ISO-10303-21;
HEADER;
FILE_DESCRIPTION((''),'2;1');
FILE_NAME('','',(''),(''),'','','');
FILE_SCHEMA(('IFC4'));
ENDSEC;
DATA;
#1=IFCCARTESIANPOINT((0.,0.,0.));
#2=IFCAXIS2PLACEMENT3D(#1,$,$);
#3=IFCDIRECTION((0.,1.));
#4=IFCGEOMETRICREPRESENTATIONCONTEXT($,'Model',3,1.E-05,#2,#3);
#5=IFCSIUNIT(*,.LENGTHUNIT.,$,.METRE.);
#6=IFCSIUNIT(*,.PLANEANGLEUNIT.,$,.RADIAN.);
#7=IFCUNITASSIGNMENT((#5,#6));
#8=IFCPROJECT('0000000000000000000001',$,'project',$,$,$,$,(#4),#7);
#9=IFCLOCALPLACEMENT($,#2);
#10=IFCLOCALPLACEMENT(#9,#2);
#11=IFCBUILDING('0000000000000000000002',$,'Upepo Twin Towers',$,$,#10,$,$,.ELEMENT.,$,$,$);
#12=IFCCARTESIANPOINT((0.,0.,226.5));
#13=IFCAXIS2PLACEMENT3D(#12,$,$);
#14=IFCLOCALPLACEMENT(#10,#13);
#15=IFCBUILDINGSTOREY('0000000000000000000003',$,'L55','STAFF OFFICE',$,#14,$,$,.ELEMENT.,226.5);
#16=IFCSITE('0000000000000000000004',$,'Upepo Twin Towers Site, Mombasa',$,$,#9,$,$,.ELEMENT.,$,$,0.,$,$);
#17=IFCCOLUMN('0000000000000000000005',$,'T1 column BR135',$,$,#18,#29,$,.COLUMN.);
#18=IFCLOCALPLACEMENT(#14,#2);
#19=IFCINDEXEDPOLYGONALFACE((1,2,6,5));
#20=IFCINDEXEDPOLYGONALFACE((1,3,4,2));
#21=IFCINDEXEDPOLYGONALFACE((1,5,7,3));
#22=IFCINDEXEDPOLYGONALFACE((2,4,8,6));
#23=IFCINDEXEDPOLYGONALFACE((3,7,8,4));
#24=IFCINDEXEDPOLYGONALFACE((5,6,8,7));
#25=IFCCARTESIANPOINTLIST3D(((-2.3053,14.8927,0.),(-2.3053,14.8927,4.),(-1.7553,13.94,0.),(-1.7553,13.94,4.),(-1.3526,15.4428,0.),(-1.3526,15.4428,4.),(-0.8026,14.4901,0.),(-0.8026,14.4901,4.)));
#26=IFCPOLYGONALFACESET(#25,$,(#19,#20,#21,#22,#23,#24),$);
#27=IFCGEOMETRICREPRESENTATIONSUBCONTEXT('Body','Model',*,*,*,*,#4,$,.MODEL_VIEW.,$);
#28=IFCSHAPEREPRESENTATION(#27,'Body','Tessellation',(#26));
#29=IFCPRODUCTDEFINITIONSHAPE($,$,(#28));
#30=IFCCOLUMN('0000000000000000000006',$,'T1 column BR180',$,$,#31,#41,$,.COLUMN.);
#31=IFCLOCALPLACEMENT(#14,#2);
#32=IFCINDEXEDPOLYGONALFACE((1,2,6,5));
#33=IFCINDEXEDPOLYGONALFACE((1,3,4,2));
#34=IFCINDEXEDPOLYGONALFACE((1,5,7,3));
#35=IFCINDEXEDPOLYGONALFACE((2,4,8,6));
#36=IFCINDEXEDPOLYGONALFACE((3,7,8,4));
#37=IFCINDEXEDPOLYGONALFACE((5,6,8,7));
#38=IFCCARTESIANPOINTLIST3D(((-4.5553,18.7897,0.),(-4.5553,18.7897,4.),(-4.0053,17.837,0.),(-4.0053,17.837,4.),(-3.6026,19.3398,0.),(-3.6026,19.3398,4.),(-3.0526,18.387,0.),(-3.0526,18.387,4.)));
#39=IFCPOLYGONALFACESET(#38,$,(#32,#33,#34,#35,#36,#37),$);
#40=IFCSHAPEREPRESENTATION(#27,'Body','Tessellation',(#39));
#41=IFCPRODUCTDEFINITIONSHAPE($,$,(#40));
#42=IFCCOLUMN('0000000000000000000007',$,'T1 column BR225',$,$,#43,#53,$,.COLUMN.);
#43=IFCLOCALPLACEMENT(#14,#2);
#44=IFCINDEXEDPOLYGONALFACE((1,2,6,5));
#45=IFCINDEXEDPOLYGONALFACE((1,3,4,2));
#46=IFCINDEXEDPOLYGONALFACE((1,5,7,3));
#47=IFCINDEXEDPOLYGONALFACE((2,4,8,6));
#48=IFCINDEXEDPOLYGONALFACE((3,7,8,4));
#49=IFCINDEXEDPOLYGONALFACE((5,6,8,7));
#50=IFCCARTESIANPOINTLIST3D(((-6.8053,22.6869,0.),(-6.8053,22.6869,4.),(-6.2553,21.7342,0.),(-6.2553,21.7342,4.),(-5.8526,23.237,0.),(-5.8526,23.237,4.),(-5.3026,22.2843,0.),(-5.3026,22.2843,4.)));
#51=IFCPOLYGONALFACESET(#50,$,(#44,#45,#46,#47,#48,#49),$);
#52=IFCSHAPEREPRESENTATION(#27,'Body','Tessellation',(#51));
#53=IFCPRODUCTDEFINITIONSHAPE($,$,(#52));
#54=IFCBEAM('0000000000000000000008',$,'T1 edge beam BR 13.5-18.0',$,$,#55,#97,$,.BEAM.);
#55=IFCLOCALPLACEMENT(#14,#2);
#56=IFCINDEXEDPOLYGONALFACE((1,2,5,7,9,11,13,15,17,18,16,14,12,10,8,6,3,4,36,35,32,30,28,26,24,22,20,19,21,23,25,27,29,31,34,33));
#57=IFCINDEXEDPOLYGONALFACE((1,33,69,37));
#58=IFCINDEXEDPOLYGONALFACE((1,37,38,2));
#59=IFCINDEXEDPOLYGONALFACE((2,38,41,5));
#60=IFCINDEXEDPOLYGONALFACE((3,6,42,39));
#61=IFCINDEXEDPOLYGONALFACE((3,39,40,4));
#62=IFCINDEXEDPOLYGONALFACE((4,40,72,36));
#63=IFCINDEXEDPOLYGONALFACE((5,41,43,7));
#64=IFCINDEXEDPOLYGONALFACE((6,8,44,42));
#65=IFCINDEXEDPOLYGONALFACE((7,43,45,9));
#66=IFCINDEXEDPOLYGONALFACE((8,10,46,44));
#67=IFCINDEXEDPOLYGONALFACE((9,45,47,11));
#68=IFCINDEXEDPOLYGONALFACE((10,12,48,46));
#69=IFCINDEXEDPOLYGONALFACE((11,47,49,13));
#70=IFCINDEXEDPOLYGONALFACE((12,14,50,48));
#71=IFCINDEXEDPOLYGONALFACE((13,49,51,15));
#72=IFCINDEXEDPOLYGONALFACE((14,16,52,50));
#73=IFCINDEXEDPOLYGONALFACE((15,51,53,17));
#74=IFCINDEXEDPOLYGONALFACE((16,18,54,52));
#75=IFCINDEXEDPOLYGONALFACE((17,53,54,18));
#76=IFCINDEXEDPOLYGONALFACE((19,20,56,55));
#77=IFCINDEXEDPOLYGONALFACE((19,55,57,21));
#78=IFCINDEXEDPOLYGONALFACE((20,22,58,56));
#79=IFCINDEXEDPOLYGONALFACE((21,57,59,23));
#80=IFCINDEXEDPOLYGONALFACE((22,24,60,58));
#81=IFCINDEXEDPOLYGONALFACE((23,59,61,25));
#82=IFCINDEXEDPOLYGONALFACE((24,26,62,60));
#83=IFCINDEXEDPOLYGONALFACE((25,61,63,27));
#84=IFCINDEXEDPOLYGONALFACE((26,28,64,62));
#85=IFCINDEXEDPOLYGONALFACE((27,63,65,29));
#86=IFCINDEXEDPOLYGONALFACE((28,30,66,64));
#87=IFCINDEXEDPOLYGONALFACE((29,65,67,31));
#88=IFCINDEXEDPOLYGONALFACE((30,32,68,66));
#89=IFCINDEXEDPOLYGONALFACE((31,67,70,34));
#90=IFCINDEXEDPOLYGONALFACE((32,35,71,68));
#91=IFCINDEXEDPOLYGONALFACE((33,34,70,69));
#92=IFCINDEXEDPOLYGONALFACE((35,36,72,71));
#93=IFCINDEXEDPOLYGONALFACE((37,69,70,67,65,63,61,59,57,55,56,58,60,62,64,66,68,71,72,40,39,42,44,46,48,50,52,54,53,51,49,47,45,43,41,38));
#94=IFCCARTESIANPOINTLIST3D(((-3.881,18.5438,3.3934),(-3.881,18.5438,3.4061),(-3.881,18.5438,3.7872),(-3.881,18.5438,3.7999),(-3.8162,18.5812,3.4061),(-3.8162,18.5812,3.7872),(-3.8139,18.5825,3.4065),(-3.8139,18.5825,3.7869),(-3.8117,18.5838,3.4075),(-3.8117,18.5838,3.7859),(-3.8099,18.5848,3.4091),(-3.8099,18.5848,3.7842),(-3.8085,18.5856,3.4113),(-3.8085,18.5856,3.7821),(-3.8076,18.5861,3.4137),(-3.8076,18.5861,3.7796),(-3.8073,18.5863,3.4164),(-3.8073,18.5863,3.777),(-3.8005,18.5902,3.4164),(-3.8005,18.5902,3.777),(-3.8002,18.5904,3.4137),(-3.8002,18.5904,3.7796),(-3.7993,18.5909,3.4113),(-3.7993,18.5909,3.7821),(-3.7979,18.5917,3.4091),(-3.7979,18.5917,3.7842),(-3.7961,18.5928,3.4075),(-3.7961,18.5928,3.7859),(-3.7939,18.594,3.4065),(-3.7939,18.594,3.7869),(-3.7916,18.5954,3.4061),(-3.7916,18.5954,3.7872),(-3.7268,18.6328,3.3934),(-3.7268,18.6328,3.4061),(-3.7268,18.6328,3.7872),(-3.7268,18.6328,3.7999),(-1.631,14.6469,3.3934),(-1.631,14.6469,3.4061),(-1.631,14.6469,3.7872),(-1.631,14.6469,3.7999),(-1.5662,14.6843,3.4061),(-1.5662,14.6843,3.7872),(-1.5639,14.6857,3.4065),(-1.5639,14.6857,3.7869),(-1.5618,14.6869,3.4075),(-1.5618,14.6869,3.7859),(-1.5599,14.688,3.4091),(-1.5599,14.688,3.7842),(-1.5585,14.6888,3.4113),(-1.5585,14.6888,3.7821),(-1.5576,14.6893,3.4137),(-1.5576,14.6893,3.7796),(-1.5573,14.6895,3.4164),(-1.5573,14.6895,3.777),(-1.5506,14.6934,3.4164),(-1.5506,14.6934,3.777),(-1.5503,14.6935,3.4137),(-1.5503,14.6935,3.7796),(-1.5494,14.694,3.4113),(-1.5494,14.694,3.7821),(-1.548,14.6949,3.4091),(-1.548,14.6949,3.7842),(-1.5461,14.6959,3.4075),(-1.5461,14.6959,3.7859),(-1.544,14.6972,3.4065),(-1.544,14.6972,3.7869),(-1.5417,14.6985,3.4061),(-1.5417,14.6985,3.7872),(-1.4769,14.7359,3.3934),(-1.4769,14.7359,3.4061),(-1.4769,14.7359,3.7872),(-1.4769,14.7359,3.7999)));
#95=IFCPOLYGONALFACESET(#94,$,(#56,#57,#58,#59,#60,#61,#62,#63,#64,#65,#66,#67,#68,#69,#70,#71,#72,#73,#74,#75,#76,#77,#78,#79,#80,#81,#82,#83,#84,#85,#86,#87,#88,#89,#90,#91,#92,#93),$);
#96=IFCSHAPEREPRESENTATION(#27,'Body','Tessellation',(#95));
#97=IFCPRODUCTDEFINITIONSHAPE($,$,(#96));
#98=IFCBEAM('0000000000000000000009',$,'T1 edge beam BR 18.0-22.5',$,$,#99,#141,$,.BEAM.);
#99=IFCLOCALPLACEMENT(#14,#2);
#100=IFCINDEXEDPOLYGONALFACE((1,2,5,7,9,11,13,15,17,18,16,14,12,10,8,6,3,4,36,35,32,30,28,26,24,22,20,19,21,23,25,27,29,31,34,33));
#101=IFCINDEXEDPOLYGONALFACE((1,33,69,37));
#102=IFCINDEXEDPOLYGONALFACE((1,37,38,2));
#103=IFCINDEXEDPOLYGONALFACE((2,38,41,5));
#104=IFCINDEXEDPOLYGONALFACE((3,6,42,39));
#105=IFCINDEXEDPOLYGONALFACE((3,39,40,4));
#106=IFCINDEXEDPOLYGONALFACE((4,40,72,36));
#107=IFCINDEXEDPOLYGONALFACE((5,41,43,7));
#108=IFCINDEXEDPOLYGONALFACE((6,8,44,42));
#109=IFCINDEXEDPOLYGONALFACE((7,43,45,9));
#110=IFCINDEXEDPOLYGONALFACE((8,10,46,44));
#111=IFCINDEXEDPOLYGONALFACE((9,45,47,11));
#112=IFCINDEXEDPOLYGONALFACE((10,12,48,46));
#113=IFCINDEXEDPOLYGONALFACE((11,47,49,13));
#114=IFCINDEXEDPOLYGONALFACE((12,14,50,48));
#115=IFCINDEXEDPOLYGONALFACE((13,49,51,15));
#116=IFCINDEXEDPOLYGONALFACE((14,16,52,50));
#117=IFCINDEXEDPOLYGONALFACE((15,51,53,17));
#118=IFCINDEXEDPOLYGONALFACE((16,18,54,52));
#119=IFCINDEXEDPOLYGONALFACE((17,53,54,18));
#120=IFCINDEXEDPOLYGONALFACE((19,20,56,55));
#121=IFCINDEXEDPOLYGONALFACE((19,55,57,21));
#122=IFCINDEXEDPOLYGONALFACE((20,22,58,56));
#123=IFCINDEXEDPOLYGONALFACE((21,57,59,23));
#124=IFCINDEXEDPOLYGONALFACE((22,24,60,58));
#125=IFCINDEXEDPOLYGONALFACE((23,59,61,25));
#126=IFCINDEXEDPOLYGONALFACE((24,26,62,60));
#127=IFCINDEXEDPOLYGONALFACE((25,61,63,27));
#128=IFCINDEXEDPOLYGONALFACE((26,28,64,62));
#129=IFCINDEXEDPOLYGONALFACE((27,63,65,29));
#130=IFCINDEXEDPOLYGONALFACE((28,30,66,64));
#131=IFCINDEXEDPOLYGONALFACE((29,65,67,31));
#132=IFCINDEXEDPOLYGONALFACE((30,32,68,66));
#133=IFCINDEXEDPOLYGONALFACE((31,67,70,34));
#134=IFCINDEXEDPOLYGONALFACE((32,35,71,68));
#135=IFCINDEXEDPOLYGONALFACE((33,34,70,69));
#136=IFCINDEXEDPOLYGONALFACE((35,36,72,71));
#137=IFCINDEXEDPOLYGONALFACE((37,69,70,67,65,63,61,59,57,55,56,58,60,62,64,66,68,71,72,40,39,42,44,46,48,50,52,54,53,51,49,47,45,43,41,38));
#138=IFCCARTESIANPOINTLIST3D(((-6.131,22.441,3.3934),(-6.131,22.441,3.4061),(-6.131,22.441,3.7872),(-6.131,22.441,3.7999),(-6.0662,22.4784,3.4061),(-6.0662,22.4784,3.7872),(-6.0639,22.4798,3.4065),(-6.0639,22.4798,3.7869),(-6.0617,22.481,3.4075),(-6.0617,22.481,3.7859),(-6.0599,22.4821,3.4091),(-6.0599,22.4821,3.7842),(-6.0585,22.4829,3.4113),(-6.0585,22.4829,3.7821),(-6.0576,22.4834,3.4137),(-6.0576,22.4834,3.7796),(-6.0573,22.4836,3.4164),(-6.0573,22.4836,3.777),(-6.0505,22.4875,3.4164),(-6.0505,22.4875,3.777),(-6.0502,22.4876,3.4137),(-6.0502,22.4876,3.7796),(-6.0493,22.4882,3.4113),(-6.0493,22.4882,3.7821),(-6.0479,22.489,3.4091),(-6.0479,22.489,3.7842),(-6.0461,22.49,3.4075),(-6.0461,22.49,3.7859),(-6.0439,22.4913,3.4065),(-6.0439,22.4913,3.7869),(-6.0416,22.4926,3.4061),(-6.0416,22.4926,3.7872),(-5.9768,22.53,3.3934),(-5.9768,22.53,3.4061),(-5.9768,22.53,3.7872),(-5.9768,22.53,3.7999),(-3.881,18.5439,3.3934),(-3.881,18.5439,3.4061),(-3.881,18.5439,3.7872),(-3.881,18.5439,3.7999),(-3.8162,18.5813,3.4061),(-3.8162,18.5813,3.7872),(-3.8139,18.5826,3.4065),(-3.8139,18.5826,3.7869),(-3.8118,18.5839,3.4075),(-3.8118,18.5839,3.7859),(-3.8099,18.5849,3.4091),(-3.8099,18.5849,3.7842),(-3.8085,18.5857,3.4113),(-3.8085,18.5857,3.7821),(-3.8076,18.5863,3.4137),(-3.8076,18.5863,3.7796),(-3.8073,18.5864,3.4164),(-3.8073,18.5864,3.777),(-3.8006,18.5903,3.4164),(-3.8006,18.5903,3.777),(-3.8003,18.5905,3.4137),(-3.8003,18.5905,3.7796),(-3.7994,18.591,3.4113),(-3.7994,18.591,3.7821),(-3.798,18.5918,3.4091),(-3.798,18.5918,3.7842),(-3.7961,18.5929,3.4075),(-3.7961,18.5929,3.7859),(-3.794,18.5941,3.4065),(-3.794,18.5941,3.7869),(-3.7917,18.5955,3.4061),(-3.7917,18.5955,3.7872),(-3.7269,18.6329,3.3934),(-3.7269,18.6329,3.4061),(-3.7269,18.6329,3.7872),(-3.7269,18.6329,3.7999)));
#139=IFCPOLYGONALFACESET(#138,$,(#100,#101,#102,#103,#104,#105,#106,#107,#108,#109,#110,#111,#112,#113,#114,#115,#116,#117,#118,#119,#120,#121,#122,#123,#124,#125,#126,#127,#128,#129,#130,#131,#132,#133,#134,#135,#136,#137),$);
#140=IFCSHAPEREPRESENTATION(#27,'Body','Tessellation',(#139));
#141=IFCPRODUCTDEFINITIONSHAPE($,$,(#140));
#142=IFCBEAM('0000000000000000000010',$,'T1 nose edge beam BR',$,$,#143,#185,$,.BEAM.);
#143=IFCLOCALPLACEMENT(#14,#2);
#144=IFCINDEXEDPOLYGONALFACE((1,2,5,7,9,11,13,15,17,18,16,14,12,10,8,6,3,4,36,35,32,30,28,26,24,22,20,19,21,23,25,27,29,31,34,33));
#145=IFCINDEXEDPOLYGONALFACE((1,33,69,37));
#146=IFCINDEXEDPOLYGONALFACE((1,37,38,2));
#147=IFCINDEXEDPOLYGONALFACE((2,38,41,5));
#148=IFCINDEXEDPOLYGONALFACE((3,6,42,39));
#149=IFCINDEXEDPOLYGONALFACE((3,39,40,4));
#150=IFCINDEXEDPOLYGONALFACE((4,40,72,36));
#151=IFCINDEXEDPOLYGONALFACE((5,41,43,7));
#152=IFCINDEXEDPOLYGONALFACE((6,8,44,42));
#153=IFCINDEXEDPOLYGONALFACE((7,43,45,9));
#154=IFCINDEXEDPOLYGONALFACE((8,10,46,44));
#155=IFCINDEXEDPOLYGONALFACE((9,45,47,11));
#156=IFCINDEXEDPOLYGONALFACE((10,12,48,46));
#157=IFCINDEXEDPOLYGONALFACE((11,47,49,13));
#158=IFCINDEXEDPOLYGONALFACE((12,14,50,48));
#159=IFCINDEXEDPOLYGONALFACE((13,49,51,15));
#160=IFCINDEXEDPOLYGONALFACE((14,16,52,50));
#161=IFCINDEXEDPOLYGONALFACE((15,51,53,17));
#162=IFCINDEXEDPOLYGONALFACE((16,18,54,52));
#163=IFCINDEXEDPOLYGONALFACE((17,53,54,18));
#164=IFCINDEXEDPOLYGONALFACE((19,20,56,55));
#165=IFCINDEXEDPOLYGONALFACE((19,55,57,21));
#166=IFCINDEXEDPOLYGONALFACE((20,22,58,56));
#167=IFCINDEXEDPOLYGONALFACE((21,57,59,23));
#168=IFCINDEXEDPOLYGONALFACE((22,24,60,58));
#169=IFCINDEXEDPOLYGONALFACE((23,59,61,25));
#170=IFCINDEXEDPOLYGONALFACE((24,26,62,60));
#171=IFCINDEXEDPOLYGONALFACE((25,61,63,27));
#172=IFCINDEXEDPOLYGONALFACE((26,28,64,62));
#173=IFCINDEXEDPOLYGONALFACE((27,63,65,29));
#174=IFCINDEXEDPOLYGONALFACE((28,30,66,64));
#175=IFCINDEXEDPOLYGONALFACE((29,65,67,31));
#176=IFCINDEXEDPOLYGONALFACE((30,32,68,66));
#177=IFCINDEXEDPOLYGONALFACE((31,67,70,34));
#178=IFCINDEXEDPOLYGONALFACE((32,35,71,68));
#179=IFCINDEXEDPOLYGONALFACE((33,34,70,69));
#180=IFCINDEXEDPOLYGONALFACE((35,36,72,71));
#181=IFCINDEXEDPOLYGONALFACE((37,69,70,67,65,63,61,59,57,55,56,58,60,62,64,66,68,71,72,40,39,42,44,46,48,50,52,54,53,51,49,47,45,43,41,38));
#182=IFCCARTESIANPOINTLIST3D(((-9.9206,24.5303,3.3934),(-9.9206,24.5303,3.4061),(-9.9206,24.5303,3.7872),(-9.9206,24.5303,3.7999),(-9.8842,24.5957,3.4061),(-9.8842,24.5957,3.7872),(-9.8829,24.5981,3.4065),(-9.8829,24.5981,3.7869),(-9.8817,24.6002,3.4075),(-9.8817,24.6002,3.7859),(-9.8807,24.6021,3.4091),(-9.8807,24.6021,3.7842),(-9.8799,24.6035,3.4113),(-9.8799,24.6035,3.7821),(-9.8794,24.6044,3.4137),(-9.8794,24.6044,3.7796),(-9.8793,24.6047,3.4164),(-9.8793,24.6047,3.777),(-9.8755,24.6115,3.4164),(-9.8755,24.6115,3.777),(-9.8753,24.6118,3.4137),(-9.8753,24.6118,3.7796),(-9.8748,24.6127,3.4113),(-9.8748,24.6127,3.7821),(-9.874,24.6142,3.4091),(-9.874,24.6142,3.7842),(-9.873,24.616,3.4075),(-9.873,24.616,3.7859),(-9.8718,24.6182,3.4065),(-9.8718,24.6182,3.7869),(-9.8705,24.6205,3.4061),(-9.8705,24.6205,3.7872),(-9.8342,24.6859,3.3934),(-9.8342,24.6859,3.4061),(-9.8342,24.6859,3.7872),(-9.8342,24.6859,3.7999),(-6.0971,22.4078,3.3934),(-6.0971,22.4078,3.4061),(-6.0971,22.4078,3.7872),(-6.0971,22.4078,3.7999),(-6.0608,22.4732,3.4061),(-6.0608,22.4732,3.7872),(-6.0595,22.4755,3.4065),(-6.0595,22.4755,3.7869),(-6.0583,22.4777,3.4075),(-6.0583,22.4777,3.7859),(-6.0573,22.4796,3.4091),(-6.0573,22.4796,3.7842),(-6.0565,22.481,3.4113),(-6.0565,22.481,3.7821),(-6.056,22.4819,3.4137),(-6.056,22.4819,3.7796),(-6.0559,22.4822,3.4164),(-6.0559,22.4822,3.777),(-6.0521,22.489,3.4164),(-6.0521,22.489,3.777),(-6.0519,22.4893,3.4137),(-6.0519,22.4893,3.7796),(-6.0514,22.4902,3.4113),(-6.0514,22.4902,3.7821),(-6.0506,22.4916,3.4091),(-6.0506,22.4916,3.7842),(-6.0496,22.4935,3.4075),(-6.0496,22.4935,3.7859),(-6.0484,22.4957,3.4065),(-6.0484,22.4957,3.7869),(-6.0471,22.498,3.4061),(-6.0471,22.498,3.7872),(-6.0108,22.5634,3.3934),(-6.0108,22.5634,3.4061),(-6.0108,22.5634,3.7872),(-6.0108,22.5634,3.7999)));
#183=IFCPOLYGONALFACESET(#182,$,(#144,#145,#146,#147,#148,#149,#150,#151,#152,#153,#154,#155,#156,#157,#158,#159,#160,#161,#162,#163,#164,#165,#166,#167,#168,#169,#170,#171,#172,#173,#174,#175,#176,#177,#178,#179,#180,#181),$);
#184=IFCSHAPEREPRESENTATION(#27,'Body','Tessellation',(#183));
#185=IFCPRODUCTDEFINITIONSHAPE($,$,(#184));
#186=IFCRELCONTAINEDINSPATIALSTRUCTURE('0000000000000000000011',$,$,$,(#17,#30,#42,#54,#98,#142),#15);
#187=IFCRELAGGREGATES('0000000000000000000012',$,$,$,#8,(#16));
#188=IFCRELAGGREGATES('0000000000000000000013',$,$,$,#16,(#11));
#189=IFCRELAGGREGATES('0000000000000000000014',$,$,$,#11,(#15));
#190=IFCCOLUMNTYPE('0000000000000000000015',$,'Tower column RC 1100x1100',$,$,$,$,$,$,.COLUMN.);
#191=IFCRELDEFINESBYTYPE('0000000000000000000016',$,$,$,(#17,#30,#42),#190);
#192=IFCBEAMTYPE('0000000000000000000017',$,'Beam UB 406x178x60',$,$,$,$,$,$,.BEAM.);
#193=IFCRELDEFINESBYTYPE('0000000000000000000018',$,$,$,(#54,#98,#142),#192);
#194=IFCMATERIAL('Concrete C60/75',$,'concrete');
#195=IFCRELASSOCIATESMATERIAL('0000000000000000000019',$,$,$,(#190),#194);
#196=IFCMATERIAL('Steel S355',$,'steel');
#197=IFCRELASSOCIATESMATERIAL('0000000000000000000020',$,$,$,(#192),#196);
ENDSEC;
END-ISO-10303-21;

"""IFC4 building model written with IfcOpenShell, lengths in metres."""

from ifc_helpers import new_model, si_unit, direction, frame, origin, origin_2d, place, context, subcontext, project, spatial, rectangle, i_section, extrude, material, material_profile, profile_set, type_object, element, save


model = new_model("IFC4")

# Units and contexts
model_context = context("Model", 3, precision=1e-05, world=origin(), true_north=direction((0.0, 1.0)))
body_context = subcontext(model_context, "Body", "Model", "MODEL_VIEW")
ifc_project = project(units=[si_unit("LENGTHUNIT", "METRE"), si_unit("PLANEANGLEUNIT", "RADIAN")], contexts=[model_context])

# Site, building, storey
site_placement = place(None, origin())
site = spatial("IfcSite", under=ifc_project, at=site_placement, Name="Upepo Twin Towers Site, Mombasa", CompositionType="ELEMENT", RefElevation=0.0)
building_placement = place(site_placement, origin())
building = spatial("IfcBuilding", under=site, at=building_placement, Name="Upepo Twin Towers", CompositionType="ELEMENT")
storey_placement = place(building_placement, frame((0.0, 0.0, 226.5)))
storey = spatial("IfcBuildingStorey", under=building, at=storey_placement, Name="L55", Description="STAFF OFFICE", CompositionType="ELEMENT", Elevation=226.5)

# Columns
ifc_material_1 = material(Name="Concrete C60/75", Category="concrete")
ifc_material_profile_1 = material_profile(ifc_material_1, rectangle(XDim=1.1001, YDim=1.1001, at=origin_2d()), Name="RC 1100x1100")
ifc_profile_set_1 = profile_set([ifc_material_profile_1], Name="Concrete C60/75")
column_type = type_object("IfcColumnType", Name="Tower column RC 1100x1100", PredefinedType="COLUMN", material=ifc_profile_set_1)
for number, where, z_axis, x_axis, name in (
    (1, (-1.554, 14.6914, 0.0), (0.0, 0.0, 1.0), (0.866025, 0.5, 0.0), "T1 column BR135"),
    (2, (-3.804, 18.5884, 0.0), (0.0, 0.0, 1.0), (0.866025, 0.5, 0.0), "T1 column BR180"),
    (3, (-6.054, 22.4856, 0.0), (0.0, 0.0, 1.0), (0.866025, 0.5, 0.0), "T1 column BR225"),
):
    element("IfcColumn", number, at=place(storey_placement, frame(where, z_axis=z_axis, x_axis=x_axis)), inside=storey, type_object=column_type, Name=name, PredefinedType="COLUMN", context=body_context, shape_type="SweptSolid", body=[
        extrude(rectangle(XDim=1.1001, YDim=1.1001, at=origin_2d()), origin(), (0.0, 0.0, 1.0), 4.0),
    ])

# Beams
ifc_material_2 = material(Name="Steel S355", Category="steel")
ifc_material_profile_2 = material_profile(ifc_material_2, i_section(OverallWidth=0.178, OverallDepth=0.4065, WebThickness=0.0078, FlangeThickness=0.0127, FilletRadius=0.0103, at=origin_2d()), Name="UB 406x178x60")
ifc_profile_set_2 = profile_set([ifc_material_profile_2], Name="Steel S355")
beam_type_1 = type_object("IfcBeamType", Name="Beam UB 406x178x60", PredefinedType="BEAM", material=ifc_profile_set_2)
beam_1_placement = place(storey_placement, frame((-1.554, 14.6914, 3.5967), z_axis=(-0.500014, 0.866018, 0.0), x_axis=(-0.866018, -0.500014, 0.0)))
element("IfcBeam", 4, at=beam_1_placement, inside=storey, type_object=beam_type_1, Name="T1 edge beam BR 13.5-18.0", PredefinedType="BEAM", context=body_context, shape_type="SweptSolid", body=[
    extrude(i_section(OverallWidth=0.178, OverallDepth=0.4065, WebThickness=0.0078, FlangeThickness=0.0127, FilletRadius=0.0103, at=origin_2d()), origin(), (0.0, 0.0, 1.0), 4.4998),
])
beam_2_placement = place(storey_placement, frame((-3.804, 18.5884, 3.5967), z_axis=(-0.49999, 0.866031, 0.0), x_axis=(-0.866031, -0.49999, 0.0)))
element("IfcBeam", 5, at=beam_2_placement, inside=storey, type_object=beam_type_1, Name="T1 edge beam BR 18.0-22.5", PredefinedType="BEAM", context=body_context, shape_type="SweptSolid", body=[
    extrude(i_section(OverallWidth=0.178, OverallDepth=0.4065, WebThickness=0.0078, FlangeThickness=0.0127, FilletRadius=0.0103, at=origin_2d()), origin(), (0.0, 0.0, 1.0), 4.5),
])
beam_3_placement = place(storey_placement, frame((-6.054, 22.4856, 3.5967), z_axis=(-0.874313, 0.485363, 0.0), x_axis=(-0.485363, -0.874313, 0.0)))
element("IfcBeam", 6, at=beam_3_placement, inside=storey, type_object=beam_type_1, Name="T1 nose edge beam BR", PredefinedType="BEAM", context=body_context, shape_type="SweptSolid", body=[
    extrude(i_section(OverallWidth=0.178, OverallDepth=0.4065, WebThickness=0.0078, FlangeThickness=0.0127, FilletRadius=0.0103, at=origin_2d()), origin(), (0.0, 0.0, 1.0), 4.373),
])

save(model, "model.ifc")
